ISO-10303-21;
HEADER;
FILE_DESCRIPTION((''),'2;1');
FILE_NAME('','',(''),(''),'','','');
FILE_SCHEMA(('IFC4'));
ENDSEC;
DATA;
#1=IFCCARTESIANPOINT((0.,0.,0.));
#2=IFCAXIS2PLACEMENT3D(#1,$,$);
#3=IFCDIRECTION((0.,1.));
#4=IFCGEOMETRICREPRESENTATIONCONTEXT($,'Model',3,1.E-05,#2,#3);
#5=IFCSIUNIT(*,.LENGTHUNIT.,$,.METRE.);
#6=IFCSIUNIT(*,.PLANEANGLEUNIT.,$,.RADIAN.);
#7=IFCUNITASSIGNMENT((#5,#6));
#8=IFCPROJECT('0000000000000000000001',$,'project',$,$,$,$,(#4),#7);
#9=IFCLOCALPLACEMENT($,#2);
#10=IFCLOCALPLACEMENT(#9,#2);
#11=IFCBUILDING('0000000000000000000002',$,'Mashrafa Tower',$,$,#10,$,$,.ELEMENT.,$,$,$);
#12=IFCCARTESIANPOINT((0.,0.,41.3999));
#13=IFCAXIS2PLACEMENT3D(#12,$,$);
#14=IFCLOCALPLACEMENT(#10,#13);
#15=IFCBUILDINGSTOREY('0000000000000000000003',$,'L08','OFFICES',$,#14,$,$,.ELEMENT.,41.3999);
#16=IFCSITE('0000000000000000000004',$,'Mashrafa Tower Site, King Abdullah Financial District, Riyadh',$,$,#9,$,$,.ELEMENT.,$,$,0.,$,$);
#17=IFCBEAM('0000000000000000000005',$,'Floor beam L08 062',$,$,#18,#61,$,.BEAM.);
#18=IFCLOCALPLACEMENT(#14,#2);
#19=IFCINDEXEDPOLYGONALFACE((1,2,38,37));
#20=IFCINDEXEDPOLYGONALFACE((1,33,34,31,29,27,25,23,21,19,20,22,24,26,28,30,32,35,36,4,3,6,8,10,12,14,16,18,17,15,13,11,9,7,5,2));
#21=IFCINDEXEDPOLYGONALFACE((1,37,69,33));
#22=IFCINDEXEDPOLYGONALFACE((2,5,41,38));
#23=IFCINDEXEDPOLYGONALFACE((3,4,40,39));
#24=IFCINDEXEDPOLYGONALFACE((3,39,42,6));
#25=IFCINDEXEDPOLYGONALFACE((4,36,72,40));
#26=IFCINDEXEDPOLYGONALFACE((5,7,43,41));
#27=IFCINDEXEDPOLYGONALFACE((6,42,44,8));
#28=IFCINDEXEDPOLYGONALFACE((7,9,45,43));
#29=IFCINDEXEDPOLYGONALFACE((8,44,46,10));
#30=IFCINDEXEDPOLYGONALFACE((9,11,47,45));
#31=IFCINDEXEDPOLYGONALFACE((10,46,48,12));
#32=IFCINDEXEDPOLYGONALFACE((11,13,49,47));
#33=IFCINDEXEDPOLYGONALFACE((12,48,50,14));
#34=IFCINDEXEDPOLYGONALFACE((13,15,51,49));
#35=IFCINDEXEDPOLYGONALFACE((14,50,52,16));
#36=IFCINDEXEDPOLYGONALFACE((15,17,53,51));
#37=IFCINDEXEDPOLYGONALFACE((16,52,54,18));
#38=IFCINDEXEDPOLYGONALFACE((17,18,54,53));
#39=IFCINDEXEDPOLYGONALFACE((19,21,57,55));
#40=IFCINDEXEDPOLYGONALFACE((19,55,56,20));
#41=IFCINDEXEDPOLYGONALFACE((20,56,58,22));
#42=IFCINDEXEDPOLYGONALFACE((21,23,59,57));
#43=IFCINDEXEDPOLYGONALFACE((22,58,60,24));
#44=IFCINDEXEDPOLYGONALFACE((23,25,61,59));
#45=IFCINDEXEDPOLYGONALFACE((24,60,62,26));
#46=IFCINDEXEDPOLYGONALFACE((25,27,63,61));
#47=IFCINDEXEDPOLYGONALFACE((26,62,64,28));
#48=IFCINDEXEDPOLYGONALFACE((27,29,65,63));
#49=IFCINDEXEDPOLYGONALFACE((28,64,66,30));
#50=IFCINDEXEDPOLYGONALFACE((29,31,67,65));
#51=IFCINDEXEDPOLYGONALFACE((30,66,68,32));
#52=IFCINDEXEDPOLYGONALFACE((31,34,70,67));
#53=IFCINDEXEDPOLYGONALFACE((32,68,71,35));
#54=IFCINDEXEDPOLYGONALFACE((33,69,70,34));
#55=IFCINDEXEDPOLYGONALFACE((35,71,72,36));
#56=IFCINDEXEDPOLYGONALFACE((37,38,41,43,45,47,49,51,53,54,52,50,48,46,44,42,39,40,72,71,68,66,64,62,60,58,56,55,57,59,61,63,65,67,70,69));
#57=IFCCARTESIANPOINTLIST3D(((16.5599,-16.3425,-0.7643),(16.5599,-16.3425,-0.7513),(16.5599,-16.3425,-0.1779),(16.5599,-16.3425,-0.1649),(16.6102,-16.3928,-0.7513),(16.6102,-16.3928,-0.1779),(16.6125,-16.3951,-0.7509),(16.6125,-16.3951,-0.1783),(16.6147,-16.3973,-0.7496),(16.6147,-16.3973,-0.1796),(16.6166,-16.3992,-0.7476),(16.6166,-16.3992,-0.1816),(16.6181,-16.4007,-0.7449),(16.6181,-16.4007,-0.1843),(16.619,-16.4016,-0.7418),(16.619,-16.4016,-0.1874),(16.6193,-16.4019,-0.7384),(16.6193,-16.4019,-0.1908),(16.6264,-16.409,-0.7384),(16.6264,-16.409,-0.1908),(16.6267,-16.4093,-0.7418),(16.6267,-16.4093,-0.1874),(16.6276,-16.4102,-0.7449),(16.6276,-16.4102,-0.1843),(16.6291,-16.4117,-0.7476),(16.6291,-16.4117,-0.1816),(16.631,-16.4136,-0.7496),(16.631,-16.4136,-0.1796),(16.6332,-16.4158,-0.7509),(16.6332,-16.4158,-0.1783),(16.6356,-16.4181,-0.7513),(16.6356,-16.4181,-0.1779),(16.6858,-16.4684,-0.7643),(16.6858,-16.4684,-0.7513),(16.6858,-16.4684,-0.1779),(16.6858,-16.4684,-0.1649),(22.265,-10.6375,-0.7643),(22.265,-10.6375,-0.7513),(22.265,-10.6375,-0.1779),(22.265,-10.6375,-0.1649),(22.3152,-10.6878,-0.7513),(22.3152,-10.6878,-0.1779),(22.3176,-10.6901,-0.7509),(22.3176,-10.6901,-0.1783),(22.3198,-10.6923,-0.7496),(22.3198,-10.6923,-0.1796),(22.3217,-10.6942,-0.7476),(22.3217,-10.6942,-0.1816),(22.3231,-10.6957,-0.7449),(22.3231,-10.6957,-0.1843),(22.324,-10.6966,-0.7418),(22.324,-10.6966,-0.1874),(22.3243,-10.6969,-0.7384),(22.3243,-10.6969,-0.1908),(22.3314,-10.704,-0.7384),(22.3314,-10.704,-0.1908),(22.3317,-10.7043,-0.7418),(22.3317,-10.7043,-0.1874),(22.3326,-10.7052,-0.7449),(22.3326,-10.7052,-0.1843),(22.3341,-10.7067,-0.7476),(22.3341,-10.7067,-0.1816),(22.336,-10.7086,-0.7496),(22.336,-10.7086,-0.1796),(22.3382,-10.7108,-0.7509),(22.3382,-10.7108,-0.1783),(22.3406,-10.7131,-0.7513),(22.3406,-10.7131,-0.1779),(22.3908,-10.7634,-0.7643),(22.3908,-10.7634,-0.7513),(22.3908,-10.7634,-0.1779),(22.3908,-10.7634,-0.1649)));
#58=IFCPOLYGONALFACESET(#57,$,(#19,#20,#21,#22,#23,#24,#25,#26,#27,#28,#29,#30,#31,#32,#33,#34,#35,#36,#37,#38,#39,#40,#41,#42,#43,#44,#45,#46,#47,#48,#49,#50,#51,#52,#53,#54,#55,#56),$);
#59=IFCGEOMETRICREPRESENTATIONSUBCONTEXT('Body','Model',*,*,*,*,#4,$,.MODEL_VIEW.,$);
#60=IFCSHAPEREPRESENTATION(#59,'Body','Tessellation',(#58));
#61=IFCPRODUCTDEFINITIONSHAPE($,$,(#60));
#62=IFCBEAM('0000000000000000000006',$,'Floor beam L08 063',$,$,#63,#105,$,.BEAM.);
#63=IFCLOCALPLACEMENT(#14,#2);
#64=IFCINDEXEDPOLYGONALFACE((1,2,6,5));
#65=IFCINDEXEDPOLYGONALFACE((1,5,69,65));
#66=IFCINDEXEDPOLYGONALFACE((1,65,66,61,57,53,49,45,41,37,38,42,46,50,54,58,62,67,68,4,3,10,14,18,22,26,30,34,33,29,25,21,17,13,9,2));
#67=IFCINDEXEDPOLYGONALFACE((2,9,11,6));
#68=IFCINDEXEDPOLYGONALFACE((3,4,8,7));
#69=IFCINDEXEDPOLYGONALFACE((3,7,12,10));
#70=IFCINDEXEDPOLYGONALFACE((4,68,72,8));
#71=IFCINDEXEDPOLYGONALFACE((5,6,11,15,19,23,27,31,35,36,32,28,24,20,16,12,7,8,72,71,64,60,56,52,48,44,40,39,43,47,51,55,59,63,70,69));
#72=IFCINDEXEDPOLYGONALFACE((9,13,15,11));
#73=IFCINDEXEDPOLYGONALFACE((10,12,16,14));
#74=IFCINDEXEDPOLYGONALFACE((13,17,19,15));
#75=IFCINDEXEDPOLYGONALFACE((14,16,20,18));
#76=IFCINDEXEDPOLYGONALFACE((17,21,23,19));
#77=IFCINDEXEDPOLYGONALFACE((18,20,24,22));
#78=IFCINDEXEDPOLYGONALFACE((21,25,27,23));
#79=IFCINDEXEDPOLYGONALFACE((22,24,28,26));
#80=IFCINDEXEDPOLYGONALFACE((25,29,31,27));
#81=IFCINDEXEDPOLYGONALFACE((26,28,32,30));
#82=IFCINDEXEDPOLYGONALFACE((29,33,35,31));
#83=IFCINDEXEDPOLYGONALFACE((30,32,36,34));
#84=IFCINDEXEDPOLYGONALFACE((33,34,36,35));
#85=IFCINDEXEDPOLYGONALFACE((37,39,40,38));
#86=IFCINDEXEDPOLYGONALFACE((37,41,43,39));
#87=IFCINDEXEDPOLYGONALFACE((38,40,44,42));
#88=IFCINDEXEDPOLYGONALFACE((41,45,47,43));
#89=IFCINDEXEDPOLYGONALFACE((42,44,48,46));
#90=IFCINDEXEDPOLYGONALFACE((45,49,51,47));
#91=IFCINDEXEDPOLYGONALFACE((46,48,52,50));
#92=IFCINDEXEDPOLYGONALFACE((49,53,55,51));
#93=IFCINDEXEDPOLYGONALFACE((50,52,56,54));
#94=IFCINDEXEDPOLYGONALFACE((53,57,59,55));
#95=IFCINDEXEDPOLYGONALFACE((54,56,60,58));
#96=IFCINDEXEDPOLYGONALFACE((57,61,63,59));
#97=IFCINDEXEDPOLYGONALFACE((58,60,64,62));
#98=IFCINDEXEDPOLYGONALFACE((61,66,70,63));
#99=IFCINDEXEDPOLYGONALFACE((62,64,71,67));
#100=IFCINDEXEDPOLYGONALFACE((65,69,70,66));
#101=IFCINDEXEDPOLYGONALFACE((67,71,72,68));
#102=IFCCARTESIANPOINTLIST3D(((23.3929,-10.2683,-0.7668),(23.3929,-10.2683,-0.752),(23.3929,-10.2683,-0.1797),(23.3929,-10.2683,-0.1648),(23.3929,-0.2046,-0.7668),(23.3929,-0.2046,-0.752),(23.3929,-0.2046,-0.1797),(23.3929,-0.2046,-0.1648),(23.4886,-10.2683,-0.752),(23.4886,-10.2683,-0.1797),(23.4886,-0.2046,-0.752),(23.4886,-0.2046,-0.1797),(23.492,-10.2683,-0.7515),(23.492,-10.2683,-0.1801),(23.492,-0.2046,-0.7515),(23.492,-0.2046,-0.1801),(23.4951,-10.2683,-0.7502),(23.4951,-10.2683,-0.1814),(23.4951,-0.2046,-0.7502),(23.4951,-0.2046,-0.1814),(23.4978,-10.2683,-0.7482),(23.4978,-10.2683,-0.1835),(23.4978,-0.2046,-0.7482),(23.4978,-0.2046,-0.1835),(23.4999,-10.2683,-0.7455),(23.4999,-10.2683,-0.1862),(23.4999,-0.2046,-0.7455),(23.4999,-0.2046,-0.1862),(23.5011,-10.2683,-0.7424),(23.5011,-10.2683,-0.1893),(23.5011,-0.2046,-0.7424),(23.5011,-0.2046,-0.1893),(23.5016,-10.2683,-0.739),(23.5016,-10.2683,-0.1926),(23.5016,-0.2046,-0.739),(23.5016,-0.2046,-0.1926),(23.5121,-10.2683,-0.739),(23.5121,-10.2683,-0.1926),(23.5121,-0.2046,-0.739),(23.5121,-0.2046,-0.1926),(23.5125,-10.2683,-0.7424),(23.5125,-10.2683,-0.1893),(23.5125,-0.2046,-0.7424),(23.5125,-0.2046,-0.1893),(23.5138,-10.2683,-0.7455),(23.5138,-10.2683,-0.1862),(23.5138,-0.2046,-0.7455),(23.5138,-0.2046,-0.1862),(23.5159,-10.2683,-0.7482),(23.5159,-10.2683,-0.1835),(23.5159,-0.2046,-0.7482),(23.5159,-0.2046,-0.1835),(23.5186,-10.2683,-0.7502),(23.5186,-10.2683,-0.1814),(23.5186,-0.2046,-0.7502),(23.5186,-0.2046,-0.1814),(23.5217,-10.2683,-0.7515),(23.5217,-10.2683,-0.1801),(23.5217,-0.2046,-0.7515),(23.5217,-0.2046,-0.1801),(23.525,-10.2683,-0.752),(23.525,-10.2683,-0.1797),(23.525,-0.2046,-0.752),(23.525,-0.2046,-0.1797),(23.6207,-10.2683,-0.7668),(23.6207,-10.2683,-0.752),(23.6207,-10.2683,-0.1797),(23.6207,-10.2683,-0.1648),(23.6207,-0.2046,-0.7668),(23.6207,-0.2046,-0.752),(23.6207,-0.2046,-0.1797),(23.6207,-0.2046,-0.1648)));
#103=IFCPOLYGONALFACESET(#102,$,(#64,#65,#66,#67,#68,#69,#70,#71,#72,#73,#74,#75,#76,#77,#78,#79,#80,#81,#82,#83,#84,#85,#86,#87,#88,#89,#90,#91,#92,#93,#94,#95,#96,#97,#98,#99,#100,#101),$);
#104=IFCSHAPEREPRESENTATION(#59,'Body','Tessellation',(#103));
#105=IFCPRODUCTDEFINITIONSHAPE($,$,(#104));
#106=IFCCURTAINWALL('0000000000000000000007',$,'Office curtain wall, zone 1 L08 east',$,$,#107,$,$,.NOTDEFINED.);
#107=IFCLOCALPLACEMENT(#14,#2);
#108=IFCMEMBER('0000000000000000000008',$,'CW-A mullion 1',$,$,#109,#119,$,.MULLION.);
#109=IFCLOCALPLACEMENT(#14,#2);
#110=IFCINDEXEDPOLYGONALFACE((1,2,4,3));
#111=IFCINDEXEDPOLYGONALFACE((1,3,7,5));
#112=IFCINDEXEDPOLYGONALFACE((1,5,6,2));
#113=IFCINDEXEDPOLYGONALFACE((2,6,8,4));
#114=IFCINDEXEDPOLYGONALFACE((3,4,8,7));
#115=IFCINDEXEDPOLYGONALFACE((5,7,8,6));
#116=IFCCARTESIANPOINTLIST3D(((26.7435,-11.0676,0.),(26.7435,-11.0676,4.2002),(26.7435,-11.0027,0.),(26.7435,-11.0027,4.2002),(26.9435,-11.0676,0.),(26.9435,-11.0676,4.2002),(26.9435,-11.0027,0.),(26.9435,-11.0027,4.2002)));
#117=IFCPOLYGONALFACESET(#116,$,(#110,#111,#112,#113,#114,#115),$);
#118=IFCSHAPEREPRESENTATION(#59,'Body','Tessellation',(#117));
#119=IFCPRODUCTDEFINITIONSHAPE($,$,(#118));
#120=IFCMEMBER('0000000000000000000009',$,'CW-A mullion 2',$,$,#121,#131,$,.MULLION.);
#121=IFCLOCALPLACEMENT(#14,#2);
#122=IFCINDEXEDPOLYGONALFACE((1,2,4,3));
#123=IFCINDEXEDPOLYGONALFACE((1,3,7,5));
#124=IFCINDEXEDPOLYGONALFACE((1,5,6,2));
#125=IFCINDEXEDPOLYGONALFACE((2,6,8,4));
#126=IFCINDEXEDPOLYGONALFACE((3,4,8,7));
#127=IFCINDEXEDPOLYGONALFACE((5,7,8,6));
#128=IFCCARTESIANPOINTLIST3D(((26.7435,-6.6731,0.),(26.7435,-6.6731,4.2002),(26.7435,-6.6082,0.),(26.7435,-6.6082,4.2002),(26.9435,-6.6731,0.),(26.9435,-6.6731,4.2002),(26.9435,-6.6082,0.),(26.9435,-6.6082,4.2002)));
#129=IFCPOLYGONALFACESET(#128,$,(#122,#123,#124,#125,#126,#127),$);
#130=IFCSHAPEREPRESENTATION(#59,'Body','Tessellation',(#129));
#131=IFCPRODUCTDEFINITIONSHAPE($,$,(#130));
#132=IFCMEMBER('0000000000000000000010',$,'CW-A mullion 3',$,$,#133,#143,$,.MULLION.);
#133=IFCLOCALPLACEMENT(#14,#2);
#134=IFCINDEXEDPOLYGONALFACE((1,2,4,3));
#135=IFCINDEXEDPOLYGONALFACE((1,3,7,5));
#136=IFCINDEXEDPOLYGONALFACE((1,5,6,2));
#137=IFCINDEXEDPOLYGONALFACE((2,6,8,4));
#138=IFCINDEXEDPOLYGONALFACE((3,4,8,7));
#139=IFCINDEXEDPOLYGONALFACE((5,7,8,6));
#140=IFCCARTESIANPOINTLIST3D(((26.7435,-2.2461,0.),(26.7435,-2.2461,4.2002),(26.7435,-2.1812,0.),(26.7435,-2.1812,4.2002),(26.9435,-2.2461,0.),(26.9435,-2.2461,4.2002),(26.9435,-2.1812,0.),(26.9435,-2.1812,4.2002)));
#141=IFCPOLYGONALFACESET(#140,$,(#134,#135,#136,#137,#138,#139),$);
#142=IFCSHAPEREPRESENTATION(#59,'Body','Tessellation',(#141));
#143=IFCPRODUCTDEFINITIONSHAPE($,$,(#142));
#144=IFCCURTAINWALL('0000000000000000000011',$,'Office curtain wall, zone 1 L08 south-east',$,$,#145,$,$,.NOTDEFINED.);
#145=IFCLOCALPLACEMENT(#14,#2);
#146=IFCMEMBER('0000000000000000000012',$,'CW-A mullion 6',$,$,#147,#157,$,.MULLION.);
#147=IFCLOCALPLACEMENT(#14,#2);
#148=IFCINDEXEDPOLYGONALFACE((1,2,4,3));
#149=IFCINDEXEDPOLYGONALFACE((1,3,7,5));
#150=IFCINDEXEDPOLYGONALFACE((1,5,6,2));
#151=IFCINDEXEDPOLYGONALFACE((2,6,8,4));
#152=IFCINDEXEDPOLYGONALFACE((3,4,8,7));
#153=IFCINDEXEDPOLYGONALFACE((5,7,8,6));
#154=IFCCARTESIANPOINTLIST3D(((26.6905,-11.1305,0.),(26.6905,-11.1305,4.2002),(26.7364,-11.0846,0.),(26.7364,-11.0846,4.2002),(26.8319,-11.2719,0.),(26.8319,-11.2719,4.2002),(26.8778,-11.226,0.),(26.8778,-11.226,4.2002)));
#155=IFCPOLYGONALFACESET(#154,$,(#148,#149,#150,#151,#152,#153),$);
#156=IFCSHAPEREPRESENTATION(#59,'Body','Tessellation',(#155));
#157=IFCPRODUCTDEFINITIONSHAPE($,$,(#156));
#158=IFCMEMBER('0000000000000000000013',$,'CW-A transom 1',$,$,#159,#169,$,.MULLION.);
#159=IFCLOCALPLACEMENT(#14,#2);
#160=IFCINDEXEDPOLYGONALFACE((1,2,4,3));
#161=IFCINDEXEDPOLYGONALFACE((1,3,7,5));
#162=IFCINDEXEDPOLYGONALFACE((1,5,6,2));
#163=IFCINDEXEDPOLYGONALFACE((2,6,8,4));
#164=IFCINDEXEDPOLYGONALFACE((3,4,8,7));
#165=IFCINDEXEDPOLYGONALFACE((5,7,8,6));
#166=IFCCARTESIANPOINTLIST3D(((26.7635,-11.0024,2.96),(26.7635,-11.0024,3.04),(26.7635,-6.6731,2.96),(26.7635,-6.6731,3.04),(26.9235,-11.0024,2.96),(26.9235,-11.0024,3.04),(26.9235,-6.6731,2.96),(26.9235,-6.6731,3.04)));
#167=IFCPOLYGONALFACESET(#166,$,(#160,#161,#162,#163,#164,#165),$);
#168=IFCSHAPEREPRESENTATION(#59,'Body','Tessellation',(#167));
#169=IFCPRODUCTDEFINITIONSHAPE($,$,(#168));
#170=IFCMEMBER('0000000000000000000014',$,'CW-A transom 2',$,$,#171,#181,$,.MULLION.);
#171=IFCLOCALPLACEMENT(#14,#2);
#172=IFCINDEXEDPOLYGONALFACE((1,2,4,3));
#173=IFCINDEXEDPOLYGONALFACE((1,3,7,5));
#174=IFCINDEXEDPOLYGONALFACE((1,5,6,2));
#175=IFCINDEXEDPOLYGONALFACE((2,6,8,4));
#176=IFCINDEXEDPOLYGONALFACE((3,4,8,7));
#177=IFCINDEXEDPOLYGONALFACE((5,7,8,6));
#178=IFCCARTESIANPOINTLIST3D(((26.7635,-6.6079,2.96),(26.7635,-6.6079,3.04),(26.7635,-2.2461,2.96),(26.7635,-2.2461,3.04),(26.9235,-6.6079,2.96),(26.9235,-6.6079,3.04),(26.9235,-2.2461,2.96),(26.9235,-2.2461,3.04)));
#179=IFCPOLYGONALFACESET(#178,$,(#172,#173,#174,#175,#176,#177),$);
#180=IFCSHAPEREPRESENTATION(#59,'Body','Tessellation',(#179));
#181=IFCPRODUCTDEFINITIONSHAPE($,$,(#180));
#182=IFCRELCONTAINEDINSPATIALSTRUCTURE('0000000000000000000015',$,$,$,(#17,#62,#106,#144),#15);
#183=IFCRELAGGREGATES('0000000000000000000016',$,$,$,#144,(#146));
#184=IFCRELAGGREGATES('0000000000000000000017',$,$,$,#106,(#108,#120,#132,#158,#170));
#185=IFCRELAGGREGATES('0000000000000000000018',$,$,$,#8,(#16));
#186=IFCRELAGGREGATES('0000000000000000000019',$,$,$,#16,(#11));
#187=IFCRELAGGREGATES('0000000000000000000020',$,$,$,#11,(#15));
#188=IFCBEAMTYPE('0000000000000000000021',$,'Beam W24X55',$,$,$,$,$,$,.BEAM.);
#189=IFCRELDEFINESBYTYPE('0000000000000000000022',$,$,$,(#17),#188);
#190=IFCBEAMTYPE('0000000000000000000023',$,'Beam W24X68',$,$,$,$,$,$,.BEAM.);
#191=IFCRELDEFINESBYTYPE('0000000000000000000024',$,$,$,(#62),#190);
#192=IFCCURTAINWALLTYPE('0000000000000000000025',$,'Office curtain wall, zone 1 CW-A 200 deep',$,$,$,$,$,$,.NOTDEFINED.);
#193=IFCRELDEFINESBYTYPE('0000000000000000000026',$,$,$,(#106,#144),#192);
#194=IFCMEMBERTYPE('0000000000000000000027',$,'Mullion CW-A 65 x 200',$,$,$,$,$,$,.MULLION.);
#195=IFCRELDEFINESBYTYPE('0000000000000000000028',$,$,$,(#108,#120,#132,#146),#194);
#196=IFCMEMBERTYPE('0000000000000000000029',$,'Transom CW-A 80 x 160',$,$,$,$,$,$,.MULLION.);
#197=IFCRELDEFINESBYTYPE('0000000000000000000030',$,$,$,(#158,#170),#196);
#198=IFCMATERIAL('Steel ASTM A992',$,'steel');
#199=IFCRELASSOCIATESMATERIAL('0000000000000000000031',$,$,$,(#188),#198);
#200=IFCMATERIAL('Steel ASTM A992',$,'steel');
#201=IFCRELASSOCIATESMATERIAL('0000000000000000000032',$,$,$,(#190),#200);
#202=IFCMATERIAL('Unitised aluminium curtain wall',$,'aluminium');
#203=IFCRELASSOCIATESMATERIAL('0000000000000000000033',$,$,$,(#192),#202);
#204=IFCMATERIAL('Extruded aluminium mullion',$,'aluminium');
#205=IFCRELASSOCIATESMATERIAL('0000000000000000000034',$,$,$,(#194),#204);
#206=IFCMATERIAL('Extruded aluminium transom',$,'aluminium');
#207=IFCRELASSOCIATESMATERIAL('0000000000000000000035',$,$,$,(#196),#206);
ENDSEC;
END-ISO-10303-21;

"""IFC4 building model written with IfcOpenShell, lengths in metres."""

from ifc_helpers import new_model, si_unit, direction, frame, origin, origin_2d, place, context, subcontext, project, spatial, rectangle, i_section, extrude, source, transform, mapped, material, material_profile, profile_set, type_object, type_shapes, element, aggregate, save


model = new_model("IFC4")

# Units and contexts
model_context = context("Model", 3, precision=1e-05, world=origin(), true_north=direction((0.0, 1.0)))
body_context = subcontext(model_context, "Body", "Model", "MODEL_VIEW")
ifc_project = project(units=[si_unit("LENGTHUNIT", "METRE"), si_unit("PLANEANGLEUNIT", "RADIAN")], contexts=[model_context])

# Site, building, storey
site_placement = place(None, origin())
site = spatial("IfcSite", under=ifc_project, at=site_placement, Name="Mashrafa Tower Site, King Abdullah Financial District, Riyadh", CompositionType="ELEMENT", RefElevation=0.0)
building_placement = place(site_placement, origin())
building = spatial("IfcBuilding", under=site, at=building_placement, Name="Mashrafa Tower", CompositionType="ELEMENT")
storey_placement = place(building_placement, frame((0.0, 0.0, 41.3999)))
storey = spatial("IfcBuildingStorey", under=building, at=storey_placement, Name="L08", Description="OFFICES", CompositionType="ELEMENT", Elevation=41.3999)

# Beams
ifc_material_1 = material(Name="Steel ASTM A992", Category="steel")
ifc_material_profile_1 = material_profile(ifc_material_1, i_section(OverallWidth=0.178, OverallDepth=0.5994, WebThickness=0.01, FlangeThickness=0.0129, FilletRadius=0.0129, at=origin_2d()), Name="W24X55")
ifc_profile_set_1 = profile_set([ifc_material_profile_1], Name="Steel ASTM A992")
beam_type_1 = type_object("IfcBeamType", Name="Beam W24X55", PredefinedType="BEAM", material=ifc_profile_set_1)
beam_1_placement = place(storey_placement, frame((22.3279, -10.7004, -0.4646), z_axis=(-0.707107, -0.707107, 0.0), x_axis=(0.707107, -0.707107, 0.0)))
element("IfcBeam", 1, at=beam_1_placement, inside=storey, type_object=beam_type_1, Name="Floor beam L08 062", PredefinedType="BEAM", context=body_context, shape_type="SweptSolid", body=[
    extrude(i_section(OverallWidth=0.178, OverallDepth=0.5994, WebThickness=0.01, FlangeThickness=0.0129, FilletRadius=0.0129, at=origin_2d()), origin(), (0.0, 0.0, 1.0), 8.0681),
])
ifc_material_2 = material(Name="Steel ASTM A992", Category="steel")
ifc_material_profile_2 = material_profile(ifc_material_2, i_section(OverallWidth=0.2278, OverallDepth=0.6021, WebThickness=0.0105, FlangeThickness=0.0149, FilletRadius=0.0129, at=origin_2d()), Name="W24X68")
ifc_profile_set_2 = profile_set([ifc_material_profile_2], Name="Steel ASTM A992")
beam_type_2 = type_object("IfcBeamType", Name="Beam W24X68", PredefinedType="BEAM", material=ifc_profile_set_2)
beam_2_placement = place(storey_placement, frame((23.5068, -0.2046, -0.4658), z_axis=(0.0, -1.0, 0.0), x_axis=(1.0, 0.0, 0.0)))
element("IfcBeam", 2, at=beam_2_placement, inside=storey, type_object=beam_type_2, Name="Floor beam L08 063", PredefinedType="BEAM", context=body_context, shape_type="SweptSolid", body=[
    extrude(i_section(OverallWidth=0.2278, OverallDepth=0.6021, WebThickness=0.0105, FlangeThickness=0.0149, FilletRadius=0.0129, at=origin_2d()), origin(), (0.0, 0.0, 1.0), 10.0637),
])

# Curtain wall, members
ifc_material_3 = material(Name="Unitised aluminium curtain wall", Category="aluminium")
curtain_wall_type = type_object("IfcCurtainWallType", Name="Office curtain wall, zone 1 CW-A 200 deep", PredefinedType="NOTDEFINED", material=ifc_material_3)
curtain_wall_1_placement = place(storey_placement, origin())
curtain_wall_1 = element("IfcCurtainWall", 3, at=curtain_wall_1_placement, inside=storey, type_object=curtain_wall_type, Name="Office curtain wall, zone 1 L08 east", PredefinedType="NOTDEFINED")
ifc_material_4 = material(Name="Extruded aluminium mullion", Category="aluminium")
ifc_material_profile_3 = material_profile(ifc_material_4, rectangle(XDim=0.2, YDim=0.0649, at=origin_2d()), Name="Mullion 65x200")
ifc_profile_set_3 = profile_set([ifc_material_profile_3], Name="Extruded aluminium mullion")
member_type_1 = type_object("IfcMemberType", Name="Mullion CW-A 65 x 200", PredefinedType="MULLION", material=ifc_profile_set_3)
shared_shape_1 = source(origin(), body_context, "Body", "SweptSolid", [
    extrude(rectangle(XDim=0.2, YDim=0.0649, at=origin_2d()), origin(), (0.0, 0.0, 1.0), 4.2002),
])
type_shapes(member_type_1, [shared_shape_1])
member_1_placement = place(storey_placement, frame((26.8435, -11.0352, 0.0), z_axis=(0.0, 0.0, 1.0), x_axis=(-1.0, 0.0, 0.0)))
member_1 = element("IfcMember", 4, at=member_1_placement, type_object=member_type_1, Name="CW-A mullion 1", PredefinedType="MULLION", context=body_context, shape_type="MappedRepresentation", body=[
    mapped(shared_shape_1, transform((0.0, 0.0, 0.0))),
])
member_2_placement = place(storey_placement, frame((26.8435, -6.6406, 0.0), z_axis=(0.0, 0.0, 1.0), x_axis=(-1.0, 0.0, 0.0)))
member_2 = element("IfcMember", 5, at=member_2_placement, type_object=member_type_1, Name="CW-A mullion 2", PredefinedType="MULLION", context=body_context, shape_type="MappedRepresentation", body=[
    mapped(shared_shape_1, transform((0.0, 0.0, 0.0))),
])
member_3_placement = place(storey_placement, frame((26.8435, -2.2136, 0.0), z_axis=(0.0, 0.0, 1.0), x_axis=(-1.0, 0.0, 0.0)))
member_3 = element("IfcMember", 6, at=member_3_placement, type_object=member_type_1, Name="CW-A mullion 3", PredefinedType="MULLION", context=body_context, shape_type="MappedRepresentation", body=[
    mapped(shared_shape_1, transform((0.0, 0.0, 0.0))),
])

# Curtain wall, member
curtain_wall_2_placement = place(storey_placement, origin())
curtain_wall_2 = element("IfcCurtainWall", 7, at=curtain_wall_2_placement, inside=storey, type_object=curtain_wall_type, Name="Office curtain wall, zone 1 L08 south-east", PredefinedType="NOTDEFINED")
member_4_placement = place(storey_placement, frame((26.7842, -11.1782, 0.0), z_axis=(0.0, 0.0, 1.0), x_axis=(-0.707107, 0.707107, 0.0)))
member_4 = element("IfcMember", 8, at=member_4_placement, type_object=member_type_1, Name="CW-A mullion 6", PredefinedType="MULLION", context=body_context, shape_type="MappedRepresentation", body=[
    mapped(shared_shape_1, transform((0.0, 0.0, 0.0))),
])

# Members
ifc_material_5 = material(Name="Extruded aluminium transom", Category="aluminium")
ifc_material_profile_4 = material_profile(ifc_material_5, rectangle(XDim=0.1599, YDim=0.0801, at=origin_2d()), Name="Transom 80x160")
ifc_profile_set_4 = profile_set([ifc_material_profile_4], Name="Extruded aluminium transom")
member_type_2 = type_object("IfcMemberType", Name="Transom CW-A 80 x 160", PredefinedType="MULLION", material=ifc_profile_set_4)
shared_shape_2 = source(origin(), body_context, "Body", "SweptSolid", [
    extrude(rectangle(XDim=0.1599, YDim=0.0801, at=origin_2d()), origin(), (0.0, 0.0, 1.0), 4.3293),
])
member_5_placement = place(storey_placement, frame((26.8435, -11.0024, 3.0), z_axis=(0.0, 1.0, 0.0), x_axis=(-1.0, 0.0, 0.0)))
member_5 = element("IfcMember", 9, at=member_5_placement, type_object=member_type_2, Name="CW-A transom 1", PredefinedType="MULLION", context=body_context, shape_type="MappedRepresentation", body=[
    mapped(shared_shape_2, transform((0.0, 0.0, 0.0))),
])
shared_shape_3 = source(origin(), body_context, "Body", "SweptSolid", [
    extrude(rectangle(XDim=0.1599, YDim=0.0801, at=origin_2d()), origin(), (0.0, 0.0, 1.0), 4.3618),
])
type_shapes(member_type_2, [shared_shape_2, shared_shape_3])
member_6_placement = place(storey_placement, frame((26.8435, -6.6079, 3.0), z_axis=(0.0, 1.0, 0.0), x_axis=(-1.0, 0.0, 0.0)))
member_6 = element("IfcMember", 10, at=member_6_placement, type_object=member_type_2, Name="CW-A transom 2", PredefinedType="MULLION", context=body_context, shape_type="MappedRepresentation", body=[
    mapped(shared_shape_3, transform((0.0, 0.0, 0.0))),
])

aggregate(curtain_wall_2, [member_4])
aggregate(curtain_wall_1, [member_1, member_2, member_3, member_5, member_6])

save(model, "model.ifc")
